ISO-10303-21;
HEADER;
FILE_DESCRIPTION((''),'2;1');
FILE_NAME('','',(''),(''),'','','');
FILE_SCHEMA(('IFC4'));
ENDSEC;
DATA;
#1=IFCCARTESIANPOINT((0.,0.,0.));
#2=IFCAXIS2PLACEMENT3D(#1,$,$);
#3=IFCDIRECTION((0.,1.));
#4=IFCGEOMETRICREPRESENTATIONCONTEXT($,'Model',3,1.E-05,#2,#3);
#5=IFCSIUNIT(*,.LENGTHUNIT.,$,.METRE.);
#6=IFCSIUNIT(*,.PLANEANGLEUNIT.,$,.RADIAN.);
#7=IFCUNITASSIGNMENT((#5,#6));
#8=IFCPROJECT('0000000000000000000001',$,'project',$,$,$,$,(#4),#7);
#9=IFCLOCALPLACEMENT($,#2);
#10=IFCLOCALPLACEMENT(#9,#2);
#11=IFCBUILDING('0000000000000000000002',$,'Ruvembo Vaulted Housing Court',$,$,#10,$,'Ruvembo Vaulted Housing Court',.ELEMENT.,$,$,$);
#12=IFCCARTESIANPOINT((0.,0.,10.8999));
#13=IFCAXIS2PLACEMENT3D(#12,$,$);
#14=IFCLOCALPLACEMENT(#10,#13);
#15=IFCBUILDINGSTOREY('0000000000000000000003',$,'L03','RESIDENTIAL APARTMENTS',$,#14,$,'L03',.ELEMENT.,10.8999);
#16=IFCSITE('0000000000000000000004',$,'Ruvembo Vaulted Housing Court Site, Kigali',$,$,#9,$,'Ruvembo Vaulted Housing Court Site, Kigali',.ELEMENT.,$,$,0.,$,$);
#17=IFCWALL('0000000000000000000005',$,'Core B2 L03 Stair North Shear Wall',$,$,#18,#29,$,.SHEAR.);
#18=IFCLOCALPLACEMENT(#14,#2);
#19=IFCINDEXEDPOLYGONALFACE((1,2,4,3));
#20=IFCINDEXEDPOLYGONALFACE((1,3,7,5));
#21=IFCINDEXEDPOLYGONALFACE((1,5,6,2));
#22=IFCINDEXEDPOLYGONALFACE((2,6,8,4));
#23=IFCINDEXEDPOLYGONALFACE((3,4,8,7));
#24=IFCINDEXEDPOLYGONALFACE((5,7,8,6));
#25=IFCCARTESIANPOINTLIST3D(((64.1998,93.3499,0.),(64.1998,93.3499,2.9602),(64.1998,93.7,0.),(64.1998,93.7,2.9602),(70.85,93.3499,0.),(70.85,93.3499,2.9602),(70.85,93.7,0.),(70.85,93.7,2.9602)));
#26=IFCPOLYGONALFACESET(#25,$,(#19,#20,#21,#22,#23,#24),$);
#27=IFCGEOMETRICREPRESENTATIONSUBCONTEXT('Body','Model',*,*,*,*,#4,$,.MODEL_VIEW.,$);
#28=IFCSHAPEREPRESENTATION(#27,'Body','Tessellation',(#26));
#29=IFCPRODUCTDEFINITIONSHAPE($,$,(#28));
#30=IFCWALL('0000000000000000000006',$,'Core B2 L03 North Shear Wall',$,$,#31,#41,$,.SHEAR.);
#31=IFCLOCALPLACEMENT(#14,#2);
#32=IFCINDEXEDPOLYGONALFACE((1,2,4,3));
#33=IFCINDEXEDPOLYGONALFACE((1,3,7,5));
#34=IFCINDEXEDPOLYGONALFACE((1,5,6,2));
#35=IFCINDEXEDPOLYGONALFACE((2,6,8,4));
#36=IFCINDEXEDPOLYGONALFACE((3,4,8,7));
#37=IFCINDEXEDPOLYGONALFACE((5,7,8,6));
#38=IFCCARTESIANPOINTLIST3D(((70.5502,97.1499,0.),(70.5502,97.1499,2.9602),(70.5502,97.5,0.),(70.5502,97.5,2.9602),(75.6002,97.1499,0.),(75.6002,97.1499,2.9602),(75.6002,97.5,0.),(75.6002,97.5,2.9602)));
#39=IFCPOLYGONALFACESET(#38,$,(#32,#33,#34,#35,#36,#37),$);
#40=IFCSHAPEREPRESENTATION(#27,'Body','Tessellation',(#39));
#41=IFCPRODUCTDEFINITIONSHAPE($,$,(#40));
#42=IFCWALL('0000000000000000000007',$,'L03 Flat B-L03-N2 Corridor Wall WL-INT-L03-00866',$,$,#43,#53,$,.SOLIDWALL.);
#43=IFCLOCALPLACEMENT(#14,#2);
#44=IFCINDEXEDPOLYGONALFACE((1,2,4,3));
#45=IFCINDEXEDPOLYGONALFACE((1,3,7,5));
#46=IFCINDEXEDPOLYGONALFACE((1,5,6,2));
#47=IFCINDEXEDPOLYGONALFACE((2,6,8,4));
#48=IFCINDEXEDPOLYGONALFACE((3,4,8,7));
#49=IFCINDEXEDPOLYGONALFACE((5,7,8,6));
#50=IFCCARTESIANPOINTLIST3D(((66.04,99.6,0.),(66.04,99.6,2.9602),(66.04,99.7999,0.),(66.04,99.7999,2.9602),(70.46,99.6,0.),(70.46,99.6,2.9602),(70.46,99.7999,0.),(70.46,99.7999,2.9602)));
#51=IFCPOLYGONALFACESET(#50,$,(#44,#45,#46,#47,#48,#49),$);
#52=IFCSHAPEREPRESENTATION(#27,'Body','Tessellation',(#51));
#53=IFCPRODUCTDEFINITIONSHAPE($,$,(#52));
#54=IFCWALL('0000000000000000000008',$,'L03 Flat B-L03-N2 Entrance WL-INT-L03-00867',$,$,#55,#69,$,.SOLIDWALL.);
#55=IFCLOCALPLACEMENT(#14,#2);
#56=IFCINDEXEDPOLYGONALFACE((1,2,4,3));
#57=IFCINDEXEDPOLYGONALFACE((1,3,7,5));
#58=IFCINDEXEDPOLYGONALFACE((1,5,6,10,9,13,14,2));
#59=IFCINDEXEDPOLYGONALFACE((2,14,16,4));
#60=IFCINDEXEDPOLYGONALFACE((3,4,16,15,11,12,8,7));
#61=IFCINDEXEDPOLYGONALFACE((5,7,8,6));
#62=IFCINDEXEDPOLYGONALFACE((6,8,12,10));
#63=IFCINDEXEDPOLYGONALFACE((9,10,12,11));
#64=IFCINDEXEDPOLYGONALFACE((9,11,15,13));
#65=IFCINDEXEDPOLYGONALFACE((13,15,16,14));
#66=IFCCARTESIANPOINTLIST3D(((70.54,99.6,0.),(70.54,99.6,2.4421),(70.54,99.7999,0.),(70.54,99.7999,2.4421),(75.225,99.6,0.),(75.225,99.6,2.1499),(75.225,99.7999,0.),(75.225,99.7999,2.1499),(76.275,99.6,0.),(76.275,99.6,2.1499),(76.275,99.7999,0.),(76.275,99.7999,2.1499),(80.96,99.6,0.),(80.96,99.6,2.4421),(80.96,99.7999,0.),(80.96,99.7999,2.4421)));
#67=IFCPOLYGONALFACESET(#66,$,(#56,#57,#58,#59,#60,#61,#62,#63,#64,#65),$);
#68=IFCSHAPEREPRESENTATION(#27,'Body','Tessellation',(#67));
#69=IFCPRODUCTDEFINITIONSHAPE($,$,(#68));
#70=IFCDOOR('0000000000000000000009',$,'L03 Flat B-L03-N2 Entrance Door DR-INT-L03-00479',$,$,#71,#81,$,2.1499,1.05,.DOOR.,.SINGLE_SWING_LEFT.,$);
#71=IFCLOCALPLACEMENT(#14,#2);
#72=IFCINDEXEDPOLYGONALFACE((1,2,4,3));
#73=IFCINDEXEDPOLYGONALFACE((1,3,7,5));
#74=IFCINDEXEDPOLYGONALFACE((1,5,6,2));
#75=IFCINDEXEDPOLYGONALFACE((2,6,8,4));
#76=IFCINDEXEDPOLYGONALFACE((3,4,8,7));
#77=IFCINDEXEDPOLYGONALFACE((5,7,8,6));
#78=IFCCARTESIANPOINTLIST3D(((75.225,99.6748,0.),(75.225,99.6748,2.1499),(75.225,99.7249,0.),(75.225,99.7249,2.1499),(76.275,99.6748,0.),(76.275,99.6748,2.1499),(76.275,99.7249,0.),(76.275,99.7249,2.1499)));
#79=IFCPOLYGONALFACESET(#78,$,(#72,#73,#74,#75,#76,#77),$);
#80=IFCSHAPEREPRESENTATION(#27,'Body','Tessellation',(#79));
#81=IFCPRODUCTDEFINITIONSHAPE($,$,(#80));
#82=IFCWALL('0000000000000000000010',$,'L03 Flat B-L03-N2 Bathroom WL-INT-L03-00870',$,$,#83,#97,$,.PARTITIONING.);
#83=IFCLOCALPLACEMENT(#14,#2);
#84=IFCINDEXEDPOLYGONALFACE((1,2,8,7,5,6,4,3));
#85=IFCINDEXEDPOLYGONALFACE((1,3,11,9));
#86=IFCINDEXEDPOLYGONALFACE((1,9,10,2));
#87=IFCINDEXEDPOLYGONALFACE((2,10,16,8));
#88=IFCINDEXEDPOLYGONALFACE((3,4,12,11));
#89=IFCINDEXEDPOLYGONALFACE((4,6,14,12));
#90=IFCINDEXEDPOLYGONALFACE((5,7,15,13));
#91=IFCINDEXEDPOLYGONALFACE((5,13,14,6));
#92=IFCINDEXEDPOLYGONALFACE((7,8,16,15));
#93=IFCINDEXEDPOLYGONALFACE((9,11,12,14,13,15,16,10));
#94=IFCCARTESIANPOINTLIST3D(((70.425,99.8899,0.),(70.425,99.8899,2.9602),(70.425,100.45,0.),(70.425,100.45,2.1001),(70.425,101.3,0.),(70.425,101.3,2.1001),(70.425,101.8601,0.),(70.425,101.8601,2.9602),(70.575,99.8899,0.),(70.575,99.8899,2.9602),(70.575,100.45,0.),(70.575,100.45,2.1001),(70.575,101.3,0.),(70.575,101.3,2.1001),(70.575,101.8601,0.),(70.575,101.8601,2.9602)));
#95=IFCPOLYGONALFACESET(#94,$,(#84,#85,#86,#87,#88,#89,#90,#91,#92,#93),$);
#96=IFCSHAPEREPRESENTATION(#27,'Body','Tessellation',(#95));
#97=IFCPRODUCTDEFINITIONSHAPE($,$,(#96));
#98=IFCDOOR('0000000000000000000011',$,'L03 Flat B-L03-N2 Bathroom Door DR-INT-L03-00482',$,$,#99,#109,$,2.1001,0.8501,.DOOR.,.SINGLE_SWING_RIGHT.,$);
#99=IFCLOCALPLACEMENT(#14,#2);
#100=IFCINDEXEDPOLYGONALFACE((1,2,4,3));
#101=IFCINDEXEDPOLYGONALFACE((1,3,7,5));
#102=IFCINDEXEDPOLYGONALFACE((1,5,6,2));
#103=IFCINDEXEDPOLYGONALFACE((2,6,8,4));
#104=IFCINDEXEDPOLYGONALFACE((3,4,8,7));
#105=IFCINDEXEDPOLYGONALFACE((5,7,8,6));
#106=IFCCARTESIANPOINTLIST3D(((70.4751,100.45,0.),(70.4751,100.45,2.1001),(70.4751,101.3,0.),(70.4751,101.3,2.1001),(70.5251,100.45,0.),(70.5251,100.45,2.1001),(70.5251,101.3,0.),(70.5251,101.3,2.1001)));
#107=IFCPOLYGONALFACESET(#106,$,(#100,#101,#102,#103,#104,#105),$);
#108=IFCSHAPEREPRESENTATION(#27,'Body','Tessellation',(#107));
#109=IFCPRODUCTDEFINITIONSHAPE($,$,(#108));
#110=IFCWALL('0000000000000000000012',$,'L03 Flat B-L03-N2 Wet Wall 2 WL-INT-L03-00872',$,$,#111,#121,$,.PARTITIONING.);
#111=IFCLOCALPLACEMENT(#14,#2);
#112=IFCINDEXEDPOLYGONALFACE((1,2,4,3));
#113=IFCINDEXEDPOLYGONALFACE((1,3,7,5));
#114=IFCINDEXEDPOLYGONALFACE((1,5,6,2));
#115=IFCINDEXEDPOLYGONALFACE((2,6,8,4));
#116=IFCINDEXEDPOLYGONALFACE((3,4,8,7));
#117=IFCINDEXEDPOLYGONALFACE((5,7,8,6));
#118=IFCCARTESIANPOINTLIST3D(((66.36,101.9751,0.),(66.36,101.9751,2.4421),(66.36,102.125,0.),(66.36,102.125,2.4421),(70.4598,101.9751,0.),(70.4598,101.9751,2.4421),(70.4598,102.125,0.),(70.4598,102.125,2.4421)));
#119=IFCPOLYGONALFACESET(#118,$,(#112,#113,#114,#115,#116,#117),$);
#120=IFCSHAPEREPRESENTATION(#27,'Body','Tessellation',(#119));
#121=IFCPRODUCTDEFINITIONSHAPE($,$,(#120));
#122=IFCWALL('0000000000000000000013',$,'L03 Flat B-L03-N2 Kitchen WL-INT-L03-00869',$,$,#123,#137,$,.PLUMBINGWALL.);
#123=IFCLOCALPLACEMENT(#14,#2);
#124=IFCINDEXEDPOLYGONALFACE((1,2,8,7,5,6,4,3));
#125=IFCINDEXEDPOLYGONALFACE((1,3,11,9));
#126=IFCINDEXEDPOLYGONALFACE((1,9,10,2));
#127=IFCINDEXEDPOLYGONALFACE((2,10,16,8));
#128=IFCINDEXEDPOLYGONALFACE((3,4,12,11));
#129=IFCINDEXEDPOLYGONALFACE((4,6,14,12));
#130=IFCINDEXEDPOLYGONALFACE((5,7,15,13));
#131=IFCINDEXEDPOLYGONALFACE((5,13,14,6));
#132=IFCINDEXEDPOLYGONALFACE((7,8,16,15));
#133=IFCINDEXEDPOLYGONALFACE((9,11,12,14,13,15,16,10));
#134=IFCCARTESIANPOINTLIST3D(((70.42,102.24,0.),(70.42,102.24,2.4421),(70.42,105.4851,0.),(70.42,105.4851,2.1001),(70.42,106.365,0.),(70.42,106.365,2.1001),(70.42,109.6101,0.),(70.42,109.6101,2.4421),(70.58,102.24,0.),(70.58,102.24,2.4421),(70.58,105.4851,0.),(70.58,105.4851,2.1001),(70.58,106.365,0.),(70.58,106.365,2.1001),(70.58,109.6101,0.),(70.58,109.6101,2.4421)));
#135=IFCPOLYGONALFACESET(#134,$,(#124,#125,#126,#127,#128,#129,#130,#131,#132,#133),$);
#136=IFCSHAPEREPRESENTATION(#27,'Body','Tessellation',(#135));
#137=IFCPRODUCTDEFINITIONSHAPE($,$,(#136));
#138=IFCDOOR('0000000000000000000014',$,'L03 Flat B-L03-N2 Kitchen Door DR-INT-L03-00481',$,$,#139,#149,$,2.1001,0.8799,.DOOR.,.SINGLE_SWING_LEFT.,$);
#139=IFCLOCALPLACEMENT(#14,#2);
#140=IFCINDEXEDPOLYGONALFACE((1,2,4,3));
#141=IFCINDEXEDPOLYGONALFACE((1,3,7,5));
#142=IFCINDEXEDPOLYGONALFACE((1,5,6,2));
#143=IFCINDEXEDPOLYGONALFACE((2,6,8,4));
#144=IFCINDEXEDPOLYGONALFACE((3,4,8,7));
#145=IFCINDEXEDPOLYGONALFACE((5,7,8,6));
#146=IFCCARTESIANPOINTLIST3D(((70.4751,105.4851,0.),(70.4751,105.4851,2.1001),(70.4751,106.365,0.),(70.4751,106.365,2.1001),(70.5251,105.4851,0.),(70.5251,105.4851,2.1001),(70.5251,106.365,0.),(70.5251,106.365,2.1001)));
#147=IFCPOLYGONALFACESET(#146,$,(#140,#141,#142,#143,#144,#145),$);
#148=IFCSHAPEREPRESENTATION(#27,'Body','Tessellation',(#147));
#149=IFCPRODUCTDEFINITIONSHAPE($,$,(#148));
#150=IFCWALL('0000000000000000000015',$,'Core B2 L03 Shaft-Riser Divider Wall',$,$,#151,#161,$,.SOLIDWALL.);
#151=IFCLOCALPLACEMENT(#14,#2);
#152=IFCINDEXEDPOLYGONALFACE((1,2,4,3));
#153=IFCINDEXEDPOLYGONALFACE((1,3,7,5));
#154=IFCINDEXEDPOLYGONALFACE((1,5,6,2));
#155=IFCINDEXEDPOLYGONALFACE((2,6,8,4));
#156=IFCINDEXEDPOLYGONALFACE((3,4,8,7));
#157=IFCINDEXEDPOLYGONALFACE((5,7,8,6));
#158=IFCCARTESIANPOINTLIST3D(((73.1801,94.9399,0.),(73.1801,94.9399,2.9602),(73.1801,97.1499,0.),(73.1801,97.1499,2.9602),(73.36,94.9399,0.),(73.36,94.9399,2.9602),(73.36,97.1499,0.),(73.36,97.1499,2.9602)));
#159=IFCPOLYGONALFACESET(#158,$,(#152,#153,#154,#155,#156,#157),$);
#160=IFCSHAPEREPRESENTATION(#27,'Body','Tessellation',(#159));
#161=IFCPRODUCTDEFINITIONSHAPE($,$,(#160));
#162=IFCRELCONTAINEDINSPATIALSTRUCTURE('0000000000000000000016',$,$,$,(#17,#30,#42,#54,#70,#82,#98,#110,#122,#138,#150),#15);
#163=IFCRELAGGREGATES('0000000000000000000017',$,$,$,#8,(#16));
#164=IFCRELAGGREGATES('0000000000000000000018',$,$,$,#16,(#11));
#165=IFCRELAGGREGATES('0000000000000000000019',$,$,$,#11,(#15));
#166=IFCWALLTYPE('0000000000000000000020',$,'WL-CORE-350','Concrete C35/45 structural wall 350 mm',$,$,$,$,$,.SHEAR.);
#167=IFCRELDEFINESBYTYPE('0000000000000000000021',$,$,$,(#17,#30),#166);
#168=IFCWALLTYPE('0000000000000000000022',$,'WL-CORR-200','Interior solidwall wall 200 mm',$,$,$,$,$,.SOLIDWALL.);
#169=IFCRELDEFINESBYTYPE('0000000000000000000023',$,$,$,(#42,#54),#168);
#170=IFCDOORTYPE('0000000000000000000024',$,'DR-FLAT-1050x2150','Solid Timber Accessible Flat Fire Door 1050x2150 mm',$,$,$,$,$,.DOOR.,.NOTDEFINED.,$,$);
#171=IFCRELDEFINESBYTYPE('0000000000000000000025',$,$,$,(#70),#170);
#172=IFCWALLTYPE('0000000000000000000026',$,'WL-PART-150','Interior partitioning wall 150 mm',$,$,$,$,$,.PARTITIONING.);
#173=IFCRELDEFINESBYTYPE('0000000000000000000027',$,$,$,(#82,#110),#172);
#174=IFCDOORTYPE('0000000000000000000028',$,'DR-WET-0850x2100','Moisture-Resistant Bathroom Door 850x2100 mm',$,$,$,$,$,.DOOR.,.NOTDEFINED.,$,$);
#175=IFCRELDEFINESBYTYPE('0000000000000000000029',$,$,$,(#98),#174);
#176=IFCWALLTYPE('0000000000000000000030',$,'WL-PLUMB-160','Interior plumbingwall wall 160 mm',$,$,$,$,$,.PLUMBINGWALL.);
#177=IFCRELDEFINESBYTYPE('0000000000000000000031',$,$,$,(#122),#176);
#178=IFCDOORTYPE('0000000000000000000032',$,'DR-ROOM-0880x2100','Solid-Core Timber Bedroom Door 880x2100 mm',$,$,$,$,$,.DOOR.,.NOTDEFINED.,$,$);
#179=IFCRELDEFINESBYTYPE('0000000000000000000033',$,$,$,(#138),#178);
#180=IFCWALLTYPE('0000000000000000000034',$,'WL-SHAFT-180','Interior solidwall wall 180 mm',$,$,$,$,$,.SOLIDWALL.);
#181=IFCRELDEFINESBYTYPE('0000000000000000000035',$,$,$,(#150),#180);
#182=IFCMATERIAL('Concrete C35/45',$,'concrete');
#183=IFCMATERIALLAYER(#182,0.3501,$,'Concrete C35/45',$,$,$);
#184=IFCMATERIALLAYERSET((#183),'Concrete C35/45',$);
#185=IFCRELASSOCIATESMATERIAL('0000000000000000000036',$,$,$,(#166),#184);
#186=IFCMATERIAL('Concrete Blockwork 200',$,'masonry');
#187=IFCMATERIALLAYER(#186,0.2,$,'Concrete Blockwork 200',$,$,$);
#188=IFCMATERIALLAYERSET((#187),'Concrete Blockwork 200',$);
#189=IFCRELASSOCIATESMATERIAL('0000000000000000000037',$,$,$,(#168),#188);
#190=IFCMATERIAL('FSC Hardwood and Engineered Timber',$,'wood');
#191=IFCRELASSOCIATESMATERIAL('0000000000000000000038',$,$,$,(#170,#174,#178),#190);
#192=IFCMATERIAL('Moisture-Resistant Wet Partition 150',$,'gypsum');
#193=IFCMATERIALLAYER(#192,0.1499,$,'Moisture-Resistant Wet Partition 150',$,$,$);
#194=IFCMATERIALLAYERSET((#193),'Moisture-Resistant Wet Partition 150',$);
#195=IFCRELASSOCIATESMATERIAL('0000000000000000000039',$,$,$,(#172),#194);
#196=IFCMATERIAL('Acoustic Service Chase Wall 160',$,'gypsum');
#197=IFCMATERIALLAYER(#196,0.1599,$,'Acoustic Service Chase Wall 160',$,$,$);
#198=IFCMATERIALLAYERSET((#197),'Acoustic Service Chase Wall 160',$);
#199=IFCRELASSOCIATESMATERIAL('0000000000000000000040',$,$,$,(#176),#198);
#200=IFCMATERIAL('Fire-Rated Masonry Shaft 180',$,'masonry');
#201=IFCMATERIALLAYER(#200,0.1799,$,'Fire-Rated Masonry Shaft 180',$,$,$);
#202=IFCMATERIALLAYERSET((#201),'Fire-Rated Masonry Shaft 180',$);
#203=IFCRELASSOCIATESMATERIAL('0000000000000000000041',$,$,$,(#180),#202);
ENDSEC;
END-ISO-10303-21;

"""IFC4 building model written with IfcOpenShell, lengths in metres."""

from ifc_helpers import new_model, si_unit, direction, frame, frame_2d, origin, place, context, subcontext, project, spatial, rectangle, extrude, material, layer, layer_set, type_object, element, fill, save


model = new_model("IFC4")

# Units and contexts
model_context = context("Model", 3, precision=1e-05, world=origin(), true_north=direction((0.0, 1.0)))
body_context = subcontext(model_context, "Body", "Model", "MODEL_VIEW")
ifc_project = project(units=[si_unit("LENGTHUNIT", "METRE"), si_unit("PLANEANGLEUNIT", "RADIAN")], contexts=[model_context])

# Site, building, storey
site_placement = place(None, origin())
site = spatial("IfcSite", under=ifc_project, at=site_placement, Name="Ruvembo Vaulted Housing Court Site, Kigali", LongName="Ruvembo Vaulted Housing Court Site, Kigali", CompositionType="ELEMENT", RefElevation=0.0)
building_placement = place(site_placement, origin())
building = spatial("IfcBuilding", under=site, at=building_placement, Name="Ruvembo Vaulted Housing Court", LongName="Ruvembo Vaulted Housing Court", CompositionType="ELEMENT")
storey_placement = place(building_placement, frame((0.0, 0.0, 10.8999)))
storey = spatial("IfcBuildingStorey", under=building, at=storey_placement, Name="L03", Description="RESIDENTIAL APARTMENTS", LongName="L03", CompositionType="ELEMENT", Elevation=10.8999)

# Shared definitions
ifc_material_1 = material(Name="Concrete C35/45", Category="concrete")

# Walls
ifc_layer_1 = layer(ifc_material_1, 0.3501, Name="Concrete C35/45")
ifc_layer_set_1 = layer_set([ifc_layer_1], Name="Concrete C35/45")
wall_type_1 = type_object("IfcWallType", Name="WL-CORE-350", Description="Concrete C35/45 structural wall 350 mm", PredefinedType="SHEAR", material=ifc_layer_set_1)
wall_1_placement = place(storey_placement, frame((70.8501, 93.5249, 0.0), z_axis=(0.0, 0.0, 1.0), x_axis=(-1.0, 0.0, 0.0)))
element("IfcWall", 1, at=wall_1_placement, inside=storey, type_object=wall_type_1, Name="Core B2 L03 Stair North Shear Wall", PredefinedType="SHEAR", context=body_context, shape_type="SweptSolid", body=[
    extrude(rectangle(XDim=6.6501, YDim=0.3501, at=frame_2d((3.3252, 0.0))), origin(), (0.0, 0.0, 1.0), 2.9602),
])
wall_2_placement = place(storey_placement, frame((75.6001, 97.325, 0.0), z_axis=(0.0, 0.0, 1.0), x_axis=(-1.0, 0.0, 0.0)))
element("IfcWall", 2, at=wall_2_placement, inside=storey, type_object=wall_type_1, Name="Core B2 L03 North Shear Wall", PredefinedType="SHEAR", context=body_context, shape_type="SweptSolid", body=[
    extrude(rectangle(XDim=5.05, YDim=0.3501, at=frame_2d((2.5249, 0.0))), origin(), (0.0, 0.0, 1.0), 2.9602),
])
ifc_material_2 = material(Name="Concrete Blockwork 200", Category="masonry")
ifc_layer_2 = layer(ifc_material_2, 0.2, Name="Concrete Blockwork 200")
ifc_layer_set_2 = layer_set([ifc_layer_2], Name="Concrete Blockwork 200")
wall_type_2 = type_object("IfcWallType", Name="WL-CORR-200", Description="Interior solidwall wall 200 mm", PredefinedType="SOLIDWALL", material=ifc_layer_set_2)
wall_3_placement = place(storey_placement, frame((66.04, 99.7, 0.0), z_axis=(0.0, 0.0, 1.0), x_axis=(1.0, 0.0, 0.0)))
element("IfcWall", 3, at=wall_3_placement, inside=storey, type_object=wall_type_2, Name="L03 Flat B-L03-N2 Corridor Wall WL-INT-L03-00866", PredefinedType="SOLIDWALL", context=body_context, shape_type="SweptSolid", body=[
    extrude(rectangle(XDim=4.4199, YDim=0.2, at=frame_2d((2.21, 0.0))), origin(), (0.0, 0.0, 1.0), 2.9602),
])

# Walls, openings, doors
wall_4_placement = place(storey_placement, frame((70.54, 99.7, 0.0), z_axis=(0.0, 0.0, 1.0), x_axis=(1.0, 0.0, 0.0)))
wall_4 = element("IfcWall", 4, at=wall_4_placement, inside=storey, type_object=wall_type_2, Name="L03 Flat B-L03-N2 Entrance WL-INT-L03-00867", PredefinedType="SOLIDWALL", context=body_context, shape_type="SweptSolid", body=[
    extrude(rectangle(XDim=10.4199, YDim=0.2, at=frame_2d((5.21, 0.0))), origin(), (0.0, 0.0, 1.0), 2.4421),
])
opening_1_placement = place(wall_4_placement, frame((4.6851, 0.0, 0.0)))
opening_1 = element("IfcOpeningElement", 5, at=opening_1_placement, cuts=wall_4, PredefinedType="OPENING", context=body_context, shape_type="SweptSolid", body=[
    extrude(rectangle(XDim=1.05, YDim=2.1499, at=frame_2d((0.5249, 1.075))), frame((0.0, 0.1099, 0.0), z_axis=(0.0, -1.0, 0.0), x_axis=(1.0, 0.0, 0.0)), (0.0, 0.0, 1.0), 0.22),
])
ifc_material_3 = material(Name="FSC Hardwood and Engineered Timber", Category="wood")
door_type_1 = type_object("IfcDoorType", Name="DR-FLAT-1050x2150", Description="Solid Timber Accessible Flat Fire Door 1050x2150 mm", OperationType="NOTDEFINED", PredefinedType="DOOR", material=ifc_material_3)
door_1_placement = place(opening_1_placement, origin())
door_1 = element("IfcDoor", 6, at=door_1_placement, inside=storey, type_object=door_type_1, Name="L03 Flat B-L03-N2 Entrance Door DR-INT-L03-00479", OperationType="SINGLE_SWING_LEFT", OverallHeight=2.1499, OverallWidth=1.05, PredefinedType="DOOR", context=body_context, shape_type="SweptSolid", body=[
    extrude(rectangle(XDim=1.05, YDim=2.1499, at=frame_2d((0.5249, 1.075))), frame((0.0, 0.0249, 0.0), z_axis=(0.0, -1.0, 0.0), x_axis=(1.0, 0.0, 0.0)), (0.0, 0.0, 1.0), 0.05),
])
fill(opening_1, door_1)
ifc_material_4 = material(Name="Moisture-Resistant Wet Partition 150", Category="gypsum")
ifc_layer_3 = layer(ifc_material_4, 0.1499, Name="Moisture-Resistant Wet Partition 150")
ifc_layer_set_3 = layer_set([ifc_layer_3], Name="Moisture-Resistant Wet Partition 150")
wall_type_3 = type_object("IfcWallType", Name="WL-PART-150", Description="Interior partitioning wall 150 mm", PredefinedType="PARTITIONING", material=ifc_layer_set_3)
wall_5_placement = place(storey_placement, frame((70.5, 99.8899, 0.0), z_axis=(0.0, 0.0, 1.0), x_axis=(0.0, 1.0, 0.0)))
wall_5 = element("IfcWall", 7, at=wall_5_placement, inside=storey, type_object=wall_type_3, Name="L03 Flat B-L03-N2 Bathroom WL-INT-L03-00870", PredefinedType="PARTITIONING", context=body_context, shape_type="SweptSolid", body=[
    extrude(rectangle(XDim=1.9702, YDim=0.1499, at=frame_2d((0.9851, 0.0))), origin(), (0.0, 0.0, 1.0), 2.9602),
])
opening_2_placement = place(wall_5_placement, frame((0.5601, 0.0, 0.0)))
opening_2 = element("IfcOpeningElement", 8, at=opening_2_placement, cuts=wall_5, PredefinedType="OPENING", context=body_context, shape_type="SweptSolid", body=[
    extrude(rectangle(XDim=0.8501, YDim=2.1001, at=frame_2d((0.425, 1.05))), frame((0.0, 0.085, 0.0), z_axis=(0.0, -1.0, 0.0), x_axis=(1.0, 0.0, 0.0)), (0.0, 0.0, 1.0), 0.1699),
])
door_type_2 = type_object("IfcDoorType", Name="DR-WET-0850x2100", Description="Moisture-Resistant Bathroom Door 850x2100 mm", OperationType="NOTDEFINED", PredefinedType="DOOR", material=ifc_material_3)
door_2_placement = place(opening_2_placement, origin())
door_2 = element("IfcDoor", 9, at=door_2_placement, inside=storey, type_object=door_type_2, Name="L03 Flat B-L03-N2 Bathroom Door DR-INT-L03-00482", OperationType="SINGLE_SWING_RIGHT", OverallHeight=2.1001, OverallWidth=0.8501, PredefinedType="DOOR", context=body_context, shape_type="SweptSolid", body=[
    extrude(rectangle(XDim=0.8501, YDim=2.1001, at=frame_2d((0.425, 1.05))), frame((0.0, 0.0249, 0.0), z_axis=(0.0, -1.0, 0.0), x_axis=(1.0, 0.0, 0.0)), (0.0, 0.0, 1.0), 0.05),
])
fill(opening_2, door_2)

# Wall
wall_6_placement = place(storey_placement, frame((66.3601, 102.05, 0.0), z_axis=(0.0, 0.0, 1.0), x_axis=(1.0, 0.0, 0.0)))
element("IfcWall", 10, at=wall_6_placement, inside=storey, type_object=wall_type_3, Name="L03 Flat B-L03-N2 Wet Wall 2 WL-INT-L03-00872", PredefinedType="PARTITIONING", context=body_context, shape_type="SweptSolid", body=[
    extrude(rectangle(XDim=4.0999, YDim=0.1499, at=frame_2d((2.0498, 0.0))), origin(), (0.0, 0.0, 1.0), 2.4421),
])

# Wall, opening, door
ifc_material_5 = material(Name="Acoustic Service Chase Wall 160", Category="gypsum")
ifc_layer_4 = layer(ifc_material_5, 0.1599, Name="Acoustic Service Chase Wall 160")
ifc_layer_set_4 = layer_set([ifc_layer_4], Name="Acoustic Service Chase Wall 160")
wall_type_4 = type_object("IfcWallType", Name="WL-PLUMB-160", Description="Interior plumbingwall wall 160 mm", PredefinedType="PLUMBINGWALL", material=ifc_layer_set_4)
wall_7_placement = place(storey_placement, frame((70.5, 102.24, 0.0), z_axis=(0.0, 0.0, 1.0), x_axis=(0.0, 1.0, 0.0)))
wall_7 = element("IfcWall", 11, at=wall_7_placement, inside=storey, type_object=wall_type_4, Name="L03 Flat B-L03-N2 Kitchen WL-INT-L03-00869", PredefinedType="PLUMBINGWALL", context=body_context, shape_type="SweptSolid", body=[
    extrude(rectangle(XDim=7.3701, YDim=0.1599, at=frame_2d((3.6851, 0.0))), origin(), (0.0, 0.0, 1.0), 2.4421),
])
opening_3_placement = place(wall_7_placement, frame((3.2451, 0.0, 0.0)))
opening_3 = element("IfcOpeningElement", 12, at=opening_3_placement, cuts=wall_7, PredefinedType="OPENING", context=body_context, shape_type="SweptSolid", body=[
    extrude(rectangle(XDim=0.8799, YDim=2.1001, at=frame_2d((0.4399, 1.05))), frame((0.0, 0.0898, 0.0), z_axis=(0.0, -1.0, 0.0), x_axis=(1.0, 0.0, 0.0)), (0.0, 0.0, 1.0), 0.1799),
])
door_type_3 = type_object("IfcDoorType", Name="DR-ROOM-0880x2100", Description="Solid-Core Timber Bedroom Door 880x2100 mm", OperationType="NOTDEFINED", PredefinedType="DOOR", material=ifc_material_3)
door_3_placement = place(opening_3_placement, origin())
door_3 = element("IfcDoor", 13, at=door_3_placement, inside=storey, type_object=door_type_3, Name="L03 Flat B-L03-N2 Kitchen Door DR-INT-L03-00481", OperationType="SINGLE_SWING_LEFT", OverallHeight=2.1001, OverallWidth=0.8799, PredefinedType="DOOR", context=body_context, shape_type="SweptSolid", body=[
    extrude(rectangle(XDim=0.8799, YDim=2.1001, at=frame_2d((0.4399, 1.05))), frame((0.0, 0.0249, 0.0), z_axis=(0.0, -1.0, 0.0), x_axis=(1.0, 0.0, 0.0)), (0.0, 0.0, 1.0), 0.05),
])
fill(opening_3, door_3)

# Shared definitions
ifc_material_6 = material(Name="Fire-Rated Masonry Shaft 180", Category="masonry")
ifc_layer_5 = layer(ifc_material_6, 0.1799, Name="Fire-Rated Masonry Shaft 180")
ifc_layer_set_5 = layer_set([ifc_layer_5], Name="Fire-Rated Masonry Shaft 180")
wall_type_5 = type_object("IfcWallType", Name="WL-SHAFT-180", Description="Interior solidwall wall 180 mm", PredefinedType="SOLIDWALL", material=ifc_layer_set_5)

# Wall
wall_8_placement = place(storey_placement, frame((73.27, 94.9399, 0.0), z_axis=(0.0, 0.0, 1.0), x_axis=(0.0, 1.0, 0.0)))
element("IfcWall", 14, at=wall_8_placement, inside=storey, type_object=wall_type_5, Name="Core B2 L03 Shaft-Riser Divider Wall", PredefinedType="SOLIDWALL", context=body_context, shape_type="SweptSolid", body=[
    extrude(rectangle(XDim=2.21, YDim=0.1799, at=frame_2d((1.105, 0.0))), origin(), (0.0, 0.0, 1.0), 2.9602),
])

save(model, "model.ifc")
